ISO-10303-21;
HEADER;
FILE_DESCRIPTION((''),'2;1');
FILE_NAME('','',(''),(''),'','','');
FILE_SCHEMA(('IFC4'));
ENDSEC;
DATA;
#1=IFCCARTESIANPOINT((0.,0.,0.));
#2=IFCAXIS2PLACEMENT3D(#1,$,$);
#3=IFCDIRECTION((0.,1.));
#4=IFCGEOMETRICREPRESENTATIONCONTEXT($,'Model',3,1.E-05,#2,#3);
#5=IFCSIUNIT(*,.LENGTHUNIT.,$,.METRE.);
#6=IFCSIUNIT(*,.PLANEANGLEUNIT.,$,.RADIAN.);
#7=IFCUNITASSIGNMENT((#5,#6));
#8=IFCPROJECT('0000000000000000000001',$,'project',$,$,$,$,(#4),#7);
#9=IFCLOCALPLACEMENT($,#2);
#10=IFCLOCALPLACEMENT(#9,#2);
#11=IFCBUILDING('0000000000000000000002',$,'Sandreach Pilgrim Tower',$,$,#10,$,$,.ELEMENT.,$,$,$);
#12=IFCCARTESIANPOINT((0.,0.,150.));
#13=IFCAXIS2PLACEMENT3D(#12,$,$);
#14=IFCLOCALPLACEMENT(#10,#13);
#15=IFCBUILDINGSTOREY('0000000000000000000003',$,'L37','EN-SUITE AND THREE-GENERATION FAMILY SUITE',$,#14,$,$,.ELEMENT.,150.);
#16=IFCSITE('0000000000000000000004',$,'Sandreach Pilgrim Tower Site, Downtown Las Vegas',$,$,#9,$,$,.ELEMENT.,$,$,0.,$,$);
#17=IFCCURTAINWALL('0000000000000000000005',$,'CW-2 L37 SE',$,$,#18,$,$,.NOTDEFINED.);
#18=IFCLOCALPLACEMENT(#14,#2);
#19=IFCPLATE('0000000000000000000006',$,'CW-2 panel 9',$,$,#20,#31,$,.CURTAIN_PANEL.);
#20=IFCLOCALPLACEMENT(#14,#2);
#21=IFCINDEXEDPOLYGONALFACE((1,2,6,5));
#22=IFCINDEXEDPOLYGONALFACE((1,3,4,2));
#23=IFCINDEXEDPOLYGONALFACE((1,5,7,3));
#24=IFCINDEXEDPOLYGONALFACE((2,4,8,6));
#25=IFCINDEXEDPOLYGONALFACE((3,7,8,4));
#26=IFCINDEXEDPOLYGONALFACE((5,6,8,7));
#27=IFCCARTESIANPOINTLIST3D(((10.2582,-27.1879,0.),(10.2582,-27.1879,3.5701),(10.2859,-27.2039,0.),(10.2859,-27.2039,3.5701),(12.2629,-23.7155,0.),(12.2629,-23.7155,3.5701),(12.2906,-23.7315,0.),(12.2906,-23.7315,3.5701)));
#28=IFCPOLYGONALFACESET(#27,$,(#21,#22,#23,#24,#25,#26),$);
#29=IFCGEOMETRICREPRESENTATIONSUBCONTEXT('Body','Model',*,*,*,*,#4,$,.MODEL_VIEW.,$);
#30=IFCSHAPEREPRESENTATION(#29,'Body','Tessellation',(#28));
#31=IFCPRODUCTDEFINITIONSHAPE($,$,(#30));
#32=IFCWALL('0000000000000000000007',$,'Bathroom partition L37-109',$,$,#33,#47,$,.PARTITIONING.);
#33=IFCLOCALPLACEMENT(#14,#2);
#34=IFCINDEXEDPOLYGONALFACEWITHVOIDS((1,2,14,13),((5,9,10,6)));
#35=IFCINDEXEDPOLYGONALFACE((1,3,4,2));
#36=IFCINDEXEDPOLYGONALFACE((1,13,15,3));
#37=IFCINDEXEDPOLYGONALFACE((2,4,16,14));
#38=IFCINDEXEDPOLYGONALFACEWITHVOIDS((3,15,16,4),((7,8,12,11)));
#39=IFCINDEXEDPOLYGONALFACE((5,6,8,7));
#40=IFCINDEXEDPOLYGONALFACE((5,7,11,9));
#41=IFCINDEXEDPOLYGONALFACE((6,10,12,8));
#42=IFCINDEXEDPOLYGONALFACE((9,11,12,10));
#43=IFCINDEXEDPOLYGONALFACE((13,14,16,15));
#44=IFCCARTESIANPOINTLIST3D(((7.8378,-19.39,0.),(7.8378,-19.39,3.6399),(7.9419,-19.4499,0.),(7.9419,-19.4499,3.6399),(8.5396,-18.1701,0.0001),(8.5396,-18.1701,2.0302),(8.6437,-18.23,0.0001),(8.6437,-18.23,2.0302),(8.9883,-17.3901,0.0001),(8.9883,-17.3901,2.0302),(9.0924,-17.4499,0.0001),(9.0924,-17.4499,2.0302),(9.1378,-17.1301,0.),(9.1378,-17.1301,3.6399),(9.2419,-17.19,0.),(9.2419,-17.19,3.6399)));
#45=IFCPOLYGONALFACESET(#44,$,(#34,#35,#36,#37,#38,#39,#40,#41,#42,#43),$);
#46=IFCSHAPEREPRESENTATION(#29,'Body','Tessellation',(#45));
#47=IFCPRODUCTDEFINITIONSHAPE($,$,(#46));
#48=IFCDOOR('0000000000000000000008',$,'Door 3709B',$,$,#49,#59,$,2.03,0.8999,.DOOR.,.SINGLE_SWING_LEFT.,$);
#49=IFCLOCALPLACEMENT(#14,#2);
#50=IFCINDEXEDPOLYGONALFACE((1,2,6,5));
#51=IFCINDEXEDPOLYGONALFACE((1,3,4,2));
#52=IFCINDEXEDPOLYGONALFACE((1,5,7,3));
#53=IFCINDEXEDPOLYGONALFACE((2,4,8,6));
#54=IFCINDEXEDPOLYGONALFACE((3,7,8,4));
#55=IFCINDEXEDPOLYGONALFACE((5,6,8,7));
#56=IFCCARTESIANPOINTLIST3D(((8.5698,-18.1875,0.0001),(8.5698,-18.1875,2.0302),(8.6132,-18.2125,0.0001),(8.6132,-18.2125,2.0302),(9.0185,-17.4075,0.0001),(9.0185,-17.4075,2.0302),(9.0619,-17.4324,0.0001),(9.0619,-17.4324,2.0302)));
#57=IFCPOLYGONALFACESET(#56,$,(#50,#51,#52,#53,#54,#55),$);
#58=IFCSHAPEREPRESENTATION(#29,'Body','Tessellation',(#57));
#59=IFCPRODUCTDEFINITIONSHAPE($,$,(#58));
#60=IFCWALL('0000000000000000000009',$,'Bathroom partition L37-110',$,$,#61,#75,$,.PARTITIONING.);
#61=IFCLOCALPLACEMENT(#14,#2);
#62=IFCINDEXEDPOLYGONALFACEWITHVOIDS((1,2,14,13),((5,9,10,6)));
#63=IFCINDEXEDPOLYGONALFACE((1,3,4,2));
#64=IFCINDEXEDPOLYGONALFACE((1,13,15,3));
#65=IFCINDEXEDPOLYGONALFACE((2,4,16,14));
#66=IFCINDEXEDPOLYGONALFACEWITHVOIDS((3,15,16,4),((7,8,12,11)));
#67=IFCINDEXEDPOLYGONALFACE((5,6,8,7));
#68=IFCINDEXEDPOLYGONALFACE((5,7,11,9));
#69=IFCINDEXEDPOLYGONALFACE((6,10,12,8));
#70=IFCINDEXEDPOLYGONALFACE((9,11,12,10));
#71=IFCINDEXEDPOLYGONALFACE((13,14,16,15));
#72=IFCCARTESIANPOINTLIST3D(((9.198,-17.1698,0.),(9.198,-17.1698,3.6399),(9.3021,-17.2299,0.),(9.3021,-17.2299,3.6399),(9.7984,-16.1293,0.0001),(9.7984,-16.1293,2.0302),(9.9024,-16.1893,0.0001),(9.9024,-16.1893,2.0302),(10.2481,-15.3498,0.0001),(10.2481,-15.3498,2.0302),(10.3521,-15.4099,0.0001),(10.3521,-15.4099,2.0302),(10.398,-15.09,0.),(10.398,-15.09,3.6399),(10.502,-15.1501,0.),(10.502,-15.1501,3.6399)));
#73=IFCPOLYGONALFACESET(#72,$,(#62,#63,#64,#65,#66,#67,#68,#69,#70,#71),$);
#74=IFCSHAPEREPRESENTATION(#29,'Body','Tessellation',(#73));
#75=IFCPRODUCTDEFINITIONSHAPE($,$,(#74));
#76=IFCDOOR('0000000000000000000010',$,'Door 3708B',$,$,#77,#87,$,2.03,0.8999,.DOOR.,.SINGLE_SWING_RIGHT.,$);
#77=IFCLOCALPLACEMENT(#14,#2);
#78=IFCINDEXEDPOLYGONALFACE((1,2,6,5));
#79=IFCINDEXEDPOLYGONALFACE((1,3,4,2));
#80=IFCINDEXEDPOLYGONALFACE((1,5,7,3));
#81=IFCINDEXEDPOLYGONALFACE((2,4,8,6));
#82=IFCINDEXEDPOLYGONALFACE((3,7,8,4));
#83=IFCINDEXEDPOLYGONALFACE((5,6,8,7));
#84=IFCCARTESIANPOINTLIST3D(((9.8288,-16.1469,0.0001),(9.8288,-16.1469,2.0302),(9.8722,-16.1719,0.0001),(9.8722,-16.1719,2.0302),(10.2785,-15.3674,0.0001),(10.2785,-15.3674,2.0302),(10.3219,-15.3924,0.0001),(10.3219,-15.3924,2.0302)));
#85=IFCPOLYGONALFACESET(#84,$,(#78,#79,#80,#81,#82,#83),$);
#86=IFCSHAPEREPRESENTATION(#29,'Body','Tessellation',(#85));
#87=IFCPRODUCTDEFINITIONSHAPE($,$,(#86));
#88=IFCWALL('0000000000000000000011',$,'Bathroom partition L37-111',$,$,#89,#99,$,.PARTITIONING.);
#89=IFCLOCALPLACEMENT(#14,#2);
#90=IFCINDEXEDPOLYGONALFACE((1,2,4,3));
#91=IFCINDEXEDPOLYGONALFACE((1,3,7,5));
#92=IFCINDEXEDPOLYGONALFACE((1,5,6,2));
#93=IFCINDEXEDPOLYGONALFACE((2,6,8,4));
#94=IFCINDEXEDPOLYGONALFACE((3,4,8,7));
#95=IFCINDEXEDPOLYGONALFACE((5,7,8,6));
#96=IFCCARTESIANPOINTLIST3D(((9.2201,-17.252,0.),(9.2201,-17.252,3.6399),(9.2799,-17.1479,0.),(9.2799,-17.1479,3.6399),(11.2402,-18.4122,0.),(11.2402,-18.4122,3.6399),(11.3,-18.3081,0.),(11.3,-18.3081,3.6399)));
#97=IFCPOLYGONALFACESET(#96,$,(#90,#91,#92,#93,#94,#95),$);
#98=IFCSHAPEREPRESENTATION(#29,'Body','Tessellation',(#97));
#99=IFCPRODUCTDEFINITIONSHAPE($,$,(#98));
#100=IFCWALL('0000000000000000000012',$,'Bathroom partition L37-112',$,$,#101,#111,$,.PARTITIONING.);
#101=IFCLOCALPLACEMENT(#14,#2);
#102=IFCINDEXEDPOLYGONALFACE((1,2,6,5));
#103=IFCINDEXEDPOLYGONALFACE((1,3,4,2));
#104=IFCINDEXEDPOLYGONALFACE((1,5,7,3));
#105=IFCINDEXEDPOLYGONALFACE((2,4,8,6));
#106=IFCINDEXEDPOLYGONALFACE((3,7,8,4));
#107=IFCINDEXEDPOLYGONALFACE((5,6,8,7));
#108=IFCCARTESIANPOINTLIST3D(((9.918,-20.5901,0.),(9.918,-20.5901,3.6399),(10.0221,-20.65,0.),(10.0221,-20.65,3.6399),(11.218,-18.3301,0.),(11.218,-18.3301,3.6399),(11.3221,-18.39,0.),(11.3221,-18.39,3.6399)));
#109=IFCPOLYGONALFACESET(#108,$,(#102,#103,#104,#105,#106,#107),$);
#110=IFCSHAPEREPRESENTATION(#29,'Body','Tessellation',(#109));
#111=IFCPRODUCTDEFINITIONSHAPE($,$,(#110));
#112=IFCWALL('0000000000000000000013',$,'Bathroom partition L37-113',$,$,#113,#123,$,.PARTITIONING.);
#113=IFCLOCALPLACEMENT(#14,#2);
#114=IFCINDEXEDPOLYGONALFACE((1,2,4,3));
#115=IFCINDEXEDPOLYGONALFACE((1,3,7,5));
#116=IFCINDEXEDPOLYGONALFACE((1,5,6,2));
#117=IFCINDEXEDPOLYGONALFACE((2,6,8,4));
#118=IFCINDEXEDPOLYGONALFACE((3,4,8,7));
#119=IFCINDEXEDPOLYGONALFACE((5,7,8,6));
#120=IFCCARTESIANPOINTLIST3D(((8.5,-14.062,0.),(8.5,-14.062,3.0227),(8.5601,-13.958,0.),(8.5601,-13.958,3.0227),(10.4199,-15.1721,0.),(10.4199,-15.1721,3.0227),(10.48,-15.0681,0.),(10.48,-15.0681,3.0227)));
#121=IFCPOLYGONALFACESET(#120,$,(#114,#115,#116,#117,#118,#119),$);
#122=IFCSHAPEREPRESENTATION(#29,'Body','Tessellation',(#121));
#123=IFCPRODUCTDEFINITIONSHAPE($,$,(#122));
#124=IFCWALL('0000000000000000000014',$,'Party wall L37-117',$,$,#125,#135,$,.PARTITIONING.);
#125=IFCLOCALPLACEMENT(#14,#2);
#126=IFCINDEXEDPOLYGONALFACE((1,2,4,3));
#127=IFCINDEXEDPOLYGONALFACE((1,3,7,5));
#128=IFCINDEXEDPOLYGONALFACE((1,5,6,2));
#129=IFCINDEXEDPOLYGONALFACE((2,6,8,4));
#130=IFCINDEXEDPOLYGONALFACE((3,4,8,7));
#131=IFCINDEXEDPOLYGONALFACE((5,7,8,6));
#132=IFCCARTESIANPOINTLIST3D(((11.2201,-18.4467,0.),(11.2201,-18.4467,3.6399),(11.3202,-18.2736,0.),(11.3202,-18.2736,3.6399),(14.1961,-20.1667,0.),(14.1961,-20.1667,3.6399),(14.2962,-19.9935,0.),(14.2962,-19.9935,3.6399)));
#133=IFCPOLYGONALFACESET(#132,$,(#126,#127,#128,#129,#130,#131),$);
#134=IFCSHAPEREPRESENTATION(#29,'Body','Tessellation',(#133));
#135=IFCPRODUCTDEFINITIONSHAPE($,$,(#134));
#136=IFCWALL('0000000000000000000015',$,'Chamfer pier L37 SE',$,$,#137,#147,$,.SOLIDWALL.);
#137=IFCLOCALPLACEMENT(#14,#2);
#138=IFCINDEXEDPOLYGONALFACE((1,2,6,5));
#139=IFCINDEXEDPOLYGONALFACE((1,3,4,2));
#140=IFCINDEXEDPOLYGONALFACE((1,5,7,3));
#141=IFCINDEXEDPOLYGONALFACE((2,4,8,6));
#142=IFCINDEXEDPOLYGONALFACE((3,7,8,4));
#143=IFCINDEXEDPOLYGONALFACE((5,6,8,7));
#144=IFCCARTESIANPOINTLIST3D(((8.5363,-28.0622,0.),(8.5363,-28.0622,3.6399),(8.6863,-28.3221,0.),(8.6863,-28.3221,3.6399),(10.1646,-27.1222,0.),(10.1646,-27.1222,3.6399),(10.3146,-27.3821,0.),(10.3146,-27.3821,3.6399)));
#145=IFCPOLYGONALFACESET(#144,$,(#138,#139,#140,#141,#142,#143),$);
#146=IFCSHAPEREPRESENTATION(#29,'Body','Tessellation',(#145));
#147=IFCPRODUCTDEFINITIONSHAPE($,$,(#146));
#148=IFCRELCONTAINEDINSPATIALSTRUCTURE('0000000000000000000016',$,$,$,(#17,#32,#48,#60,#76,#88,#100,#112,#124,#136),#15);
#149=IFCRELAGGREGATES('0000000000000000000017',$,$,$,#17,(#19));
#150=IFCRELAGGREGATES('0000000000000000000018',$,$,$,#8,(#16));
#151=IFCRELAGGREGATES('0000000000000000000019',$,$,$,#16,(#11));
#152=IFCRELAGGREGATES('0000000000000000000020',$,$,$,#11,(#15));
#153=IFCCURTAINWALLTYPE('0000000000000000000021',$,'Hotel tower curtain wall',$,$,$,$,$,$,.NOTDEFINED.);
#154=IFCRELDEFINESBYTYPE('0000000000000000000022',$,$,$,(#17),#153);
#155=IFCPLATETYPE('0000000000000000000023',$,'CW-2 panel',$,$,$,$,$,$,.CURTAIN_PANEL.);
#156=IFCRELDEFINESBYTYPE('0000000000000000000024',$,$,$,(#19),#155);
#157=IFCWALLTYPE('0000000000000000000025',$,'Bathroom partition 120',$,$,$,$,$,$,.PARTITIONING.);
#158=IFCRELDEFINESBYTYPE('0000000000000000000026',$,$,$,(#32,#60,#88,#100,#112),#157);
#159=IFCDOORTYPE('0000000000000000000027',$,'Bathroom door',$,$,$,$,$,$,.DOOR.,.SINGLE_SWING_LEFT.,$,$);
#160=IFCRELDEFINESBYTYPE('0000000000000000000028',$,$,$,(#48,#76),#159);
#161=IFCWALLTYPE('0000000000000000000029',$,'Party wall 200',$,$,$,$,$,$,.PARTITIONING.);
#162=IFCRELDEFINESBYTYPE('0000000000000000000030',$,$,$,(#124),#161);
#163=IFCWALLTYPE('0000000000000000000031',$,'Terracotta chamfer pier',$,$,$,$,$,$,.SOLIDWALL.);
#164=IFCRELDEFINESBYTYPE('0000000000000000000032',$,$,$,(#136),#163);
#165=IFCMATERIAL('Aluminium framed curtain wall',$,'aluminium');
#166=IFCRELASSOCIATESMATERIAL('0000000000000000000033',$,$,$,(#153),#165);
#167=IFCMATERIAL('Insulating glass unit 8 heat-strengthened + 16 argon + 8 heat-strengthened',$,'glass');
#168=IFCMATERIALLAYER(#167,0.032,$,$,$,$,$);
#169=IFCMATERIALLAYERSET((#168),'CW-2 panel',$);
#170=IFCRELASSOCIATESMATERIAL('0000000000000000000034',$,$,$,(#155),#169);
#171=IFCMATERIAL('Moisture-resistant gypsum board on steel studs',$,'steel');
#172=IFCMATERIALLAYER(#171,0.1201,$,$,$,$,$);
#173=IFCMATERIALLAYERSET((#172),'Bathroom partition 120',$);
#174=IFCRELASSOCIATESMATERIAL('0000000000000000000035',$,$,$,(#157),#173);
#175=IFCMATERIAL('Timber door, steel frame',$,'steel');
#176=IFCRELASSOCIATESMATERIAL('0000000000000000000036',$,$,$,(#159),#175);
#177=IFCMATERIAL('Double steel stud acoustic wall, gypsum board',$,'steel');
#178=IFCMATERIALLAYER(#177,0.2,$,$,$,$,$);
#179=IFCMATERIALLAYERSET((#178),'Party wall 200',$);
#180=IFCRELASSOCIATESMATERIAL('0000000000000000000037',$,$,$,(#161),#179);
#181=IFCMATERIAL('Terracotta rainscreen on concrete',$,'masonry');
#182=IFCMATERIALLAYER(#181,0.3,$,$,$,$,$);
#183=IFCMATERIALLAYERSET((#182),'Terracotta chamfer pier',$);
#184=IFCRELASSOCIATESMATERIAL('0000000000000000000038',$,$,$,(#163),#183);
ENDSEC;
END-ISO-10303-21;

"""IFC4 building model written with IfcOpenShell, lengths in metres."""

from ifc_helpers import new_model, si_unit, direction, frame, frame_2d, origin, origin_2d, place, context, subcontext, project, spatial, rectangle, extrude, material, layer, layer_set, type_object, element, fill, aggregate, save


model = new_model("IFC4")

# Units and contexts
model_context = context("Model", 3, precision=1e-05, world=origin(), true_north=direction((0.0, 1.0)))
body_context = subcontext(model_context, "Body", "Model", "MODEL_VIEW")
ifc_project = project(units=[si_unit("LENGTHUNIT", "METRE"), si_unit("PLANEANGLEUNIT", "RADIAN")], contexts=[model_context])

# Site, building, storey
site_placement = place(None, origin())
site = spatial("IfcSite", under=ifc_project, at=site_placement, Name="Sandreach Pilgrim Tower Site, Downtown Las Vegas", CompositionType="ELEMENT", RefElevation=0.0)
building_placement = place(site_placement, origin())
building = spatial("IfcBuilding", under=site, at=building_placement, Name="Sandreach Pilgrim Tower", CompositionType="ELEMENT")
storey_placement = place(building_placement, frame((0.0, 0.0, 150.0)))
storey = spatial("IfcBuildingStorey", under=building, at=storey_placement, Name="L37", Description="EN-SUITE AND THREE-GENERATION FAMILY SUITE", CompositionType="ELEMENT", Elevation=150.0)

# Curtain wall
ifc_material_1 = material(Name="Aluminium framed curtain wall", Category="aluminium")
curtain_wall_type = type_object("IfcCurtainWallType", Name="Hotel tower curtain wall", PredefinedType="NOTDEFINED", material=ifc_material_1)
curtain_wall_1_placement = place(storey_placement, origin())
curtain_wall_1 = element("IfcCurtainWall", 1, at=curtain_wall_1_placement, inside=storey, type_object=curtain_wall_type, Name="CW-2 L37 SE", PredefinedType="NOTDEFINED")

# Plate
ifc_material_2 = material(Name="Insulating glass unit 8 heat-strengthened + 16 argon + 8 heat-strengthened", Category="glass")
ifc_layer_1 = layer(ifc_material_2, 0.032)
ifc_layer_set_1 = layer_set([ifc_layer_1], Name="CW-2 panel")
plate_type = type_object("IfcPlateType", Name="CW-2 panel", PredefinedType="CURTAIN_PANEL", material=ifc_layer_set_1)
plate_1_placement = place(storey_placement, frame((11.2744, -25.4597, 0.0), z_axis=(0.0, 0.0, 1.0), x_axis=(-0.5, -0.866025, 0.0)))
plate_1 = element("IfcPlate", 2, at=plate_1_placement, type_object=plate_type, Name="CW-2 panel 9", PredefinedType="CURTAIN_PANEL", context=body_context, shape_type="SweptSolid", body=[
    extrude(rectangle(XDim=4.0095, YDim=0.032, at=origin_2d()), origin(), (0.0, 0.0, 1.0), 3.5701),
])
aggregate(curtain_wall_1, [plate_1])

# Walls, openings, doors
ifc_material_3 = material(Name="Moisture-resistant gypsum board on steel studs", Category="steel")
ifc_layer_2 = layer(ifc_material_3, 0.1201)
ifc_layer_set_2 = layer_set([ifc_layer_2], Name="Bathroom partition 120")
wall_type_1 = type_object("IfcWallType", Name="Bathroom partition 120", PredefinedType="PARTITIONING", material=ifc_layer_set_2)
wall_1_placement = place(storey_placement, frame((9.1899, -17.1599, 0.0), z_axis=(0.0, 0.0, 1.0), x_axis=(-0.498628, -0.866816, 0.0)))
wall_1 = element("IfcWall", 3, at=wall_1_placement, inside=storey, type_object=wall_type_1, Name="Bathroom partition L37-109", PredefinedType="PARTITIONING", context=body_context, shape_type="SweptSolid", body=[
    extrude(rectangle(XDim=2.6072, YDim=0.1201, at=frame_2d((1.3037, 0.0))), origin(), (0.0, 0.0, 1.0), 3.6399),
])
opening_1_placement = place(wall_1_placement, frame((0.3, 0.0, 0.0)))
opening_1 = element("IfcOpeningElement", 4, at=opening_1_placement, cuts=wall_1, PredefinedType="OPENING", context=body_context, shape_type="SweptSolid", body=[
    extrude(rectangle(XDim=0.8999, YDim=2.03, at=frame_2d((0.45, 1.0151))), frame((0.0, 0.0601, 0.0), z_axis=(0.0, -1.0, 0.0), x_axis=(1.0, 0.0, 0.0)), (0.0, 0.0, 1.0), 0.1201),
])
ifc_material_4 = material(Name="Timber door, steel frame", Category="steel")
door_type = type_object("IfcDoorType", Name="Bathroom door", OperationType="SINGLE_SWING_LEFT", PredefinedType="DOOR", material=ifc_material_4)
door_1_placement = place(opening_1_placement, origin())
door_1 = element("IfcDoor", 5, at=door_1_placement, inside=storey, type_object=door_type, Name="Door 3709B", OperationType="SINGLE_SWING_LEFT", OverallHeight=2.03, OverallWidth=0.8999, PredefinedType="DOOR", context=body_context, shape_type="SweptSolid", body=[
    extrude(rectangle(XDim=0.8999, YDim=2.03, at=frame_2d((0.45, 1.0151))), frame((0.0, 0.0249, 0.0), z_axis=(0.0, -1.0, 0.0), x_axis=(1.0, 0.0, 0.0)), (0.0, 0.0, 1.0), 0.05),
])
fill(opening_1, door_1)
wall_2_placement = place(storey_placement, frame((9.25, -17.2, 0.0), z_axis=(0.0, 0.0, 1.0), x_axis=(0.499737, 0.866177, 0.0)))
wall_2 = element("IfcWall", 6, at=wall_2_placement, inside=storey, type_object=wall_type_1, Name="Bathroom partition L37-110", PredefinedType="PARTITIONING", context=body_context, shape_type="SweptSolid", body=[
    extrude(rectangle(XDim=2.4011, YDim=0.1201, at=frame_2d((1.2007, 0.0))), origin(), (0.0, 0.0, 1.0), 3.6399),
])
opening_2_placement = place(wall_2_placement, frame((1.2014, 0.0, 0.0)))
opening_2 = element("IfcOpeningElement", 7, at=opening_2_placement, cuts=wall_2, PredefinedType="OPENING", context=body_context, shape_type="SweptSolid", body=[
    extrude(rectangle(XDim=0.8999, YDim=2.03, at=frame_2d((0.45, 1.0151))), frame((0.0, 0.0601, 0.0), z_axis=(0.0, -1.0, 0.0), x_axis=(1.0, 0.0, 0.0)), (0.0, 0.0, 1.0), 0.1201),
])
door_2_placement = place(opening_2_placement, origin())
door_2 = element("IfcDoor", 8, at=door_2_placement, inside=storey, type_object=door_type, Name="Door 3708B", OperationType="SINGLE_SWING_RIGHT", OverallHeight=2.03, OverallWidth=0.8999, PredefinedType="DOOR", context=body_context, shape_type="SweptSolid", body=[
    extrude(rectangle(XDim=0.8999, YDim=2.03, at=frame_2d((0.45, 1.0151))), frame((0.0, 0.0249, 0.0), z_axis=(0.0, -1.0, 0.0), x_axis=(1.0, 0.0, 0.0)), (0.0, 0.0, 1.0), 0.05),
])
fill(opening_2, door_2)

# Walls
wall_3_placement = place(storey_placement, frame((9.25, -17.2, 0.0), z_axis=(0.0, 0.0, 1.0), x_axis=(0.867158, -0.498034, 0.0)))
element("IfcWall", 9, at=wall_3_placement, inside=storey, type_object=wall_type_1, Name="Bathroom partition L37-111", PredefinedType="PARTITIONING", context=body_context, shape_type="SweptSolid", body=[
    extrude(rectangle(XDim=2.3296, YDim=0.1201, at=frame_2d((1.1648, 0.0))), origin(), (0.0, 0.0, 1.0), 3.6399),
])
wall_4_placement = place(storey_placement, frame((9.97, -20.6201, 0.0), z_axis=(0.0, 0.0, 1.0), x_axis=(0.498628, 0.866816, 0.0)))
element("IfcWall", 10, at=wall_4_placement, inside=storey, type_object=wall_type_1, Name="Bathroom partition L37-112", PredefinedType="PARTITIONING", context=body_context, shape_type="SweptSolid", body=[
    extrude(rectangle(XDim=2.6072, YDim=0.1201, at=frame_2d((1.3037, 0.0))), origin(), (0.0, 0.0, 1.0), 3.6399),
])
wall_5_placement = place(storey_placement, frame((10.45, -15.1201, 0.0), z_axis=(0.0, 0.0, 1.0), x_axis=(-0.865705, 0.500555, 0.0)))
element("IfcWall", 11, at=wall_5_placement, inside=storey, type_object=wall_type_1, Name="Bathroom partition L37-113", PredefinedType="PARTITIONING", context=body_context, shape_type="SweptSolid", body=[
    extrude(rectangle(XDim=2.2178, YDim=0.1201, at=frame_2d((1.1089, 0.0))), origin(), (0.0, 0.0, 1.0), 3.0227),
])
ifc_material_5 = material(Name="Double steel stud acoustic wall, gypsum board", Category="steel")
ifc_layer_3 = layer(ifc_material_5, 0.2)
ifc_layer_set_3 = layer_set([ifc_layer_3], Name="Party wall 200")
wall_type_2 = type_object("IfcWallType", Name="Party wall 200", PredefinedType="PARTITIONING", material=ifc_layer_set_3)
wall_6_placement = place(storey_placement, frame((11.27, -18.3601, 0.0), z_axis=(0.0, 0.0, 1.0), x_axis=(0.865807, -0.500378, 0.0)))
element("IfcWall", 12, at=wall_6_placement, inside=storey, type_object=wall_type_2, Name="Party wall L37-117", PredefinedType="PARTITIONING", context=body_context, shape_type="SweptSolid", body=[
    extrude(rectangle(XDim=3.4373, YDim=0.2, at=frame_2d((1.7188, 0.0))), origin(), (0.0, 0.0, 1.0), 3.6399),
])
ifc_material_6 = material(Name="Terracotta rainscreen on concrete", Category="masonry")
ifc_layer_4 = layer(ifc_material_6, 0.3)
ifc_layer_set_4 = layer_set([ifc_layer_4], Name="Terracotta chamfer pier")
wall_type_3 = type_object("IfcWallType", Name="Terracotta chamfer pier", PredefinedType="SOLIDWALL", material=ifc_layer_set_4)
wall_7_placement = place(storey_placement, frame((10.2395, -27.2522, 0.0), z_axis=(0.0, 0.0, 1.0), x_axis=(-0.866045, -0.499966, 0.0)))
element("IfcWall", 13, at=wall_7_placement, inside=storey, type_object=wall_type_3, Name="Chamfer pier L37 SE", PredefinedType="SOLIDWALL", context=body_context, shape_type="SweptSolid", body=[
    extrude(rectangle(XDim=1.8801, YDim=0.3, at=frame_2d((0.9399, 0.0))), origin(), (0.0, 0.0, 1.0), 3.6399),
])

save(model, "model.ifc")
